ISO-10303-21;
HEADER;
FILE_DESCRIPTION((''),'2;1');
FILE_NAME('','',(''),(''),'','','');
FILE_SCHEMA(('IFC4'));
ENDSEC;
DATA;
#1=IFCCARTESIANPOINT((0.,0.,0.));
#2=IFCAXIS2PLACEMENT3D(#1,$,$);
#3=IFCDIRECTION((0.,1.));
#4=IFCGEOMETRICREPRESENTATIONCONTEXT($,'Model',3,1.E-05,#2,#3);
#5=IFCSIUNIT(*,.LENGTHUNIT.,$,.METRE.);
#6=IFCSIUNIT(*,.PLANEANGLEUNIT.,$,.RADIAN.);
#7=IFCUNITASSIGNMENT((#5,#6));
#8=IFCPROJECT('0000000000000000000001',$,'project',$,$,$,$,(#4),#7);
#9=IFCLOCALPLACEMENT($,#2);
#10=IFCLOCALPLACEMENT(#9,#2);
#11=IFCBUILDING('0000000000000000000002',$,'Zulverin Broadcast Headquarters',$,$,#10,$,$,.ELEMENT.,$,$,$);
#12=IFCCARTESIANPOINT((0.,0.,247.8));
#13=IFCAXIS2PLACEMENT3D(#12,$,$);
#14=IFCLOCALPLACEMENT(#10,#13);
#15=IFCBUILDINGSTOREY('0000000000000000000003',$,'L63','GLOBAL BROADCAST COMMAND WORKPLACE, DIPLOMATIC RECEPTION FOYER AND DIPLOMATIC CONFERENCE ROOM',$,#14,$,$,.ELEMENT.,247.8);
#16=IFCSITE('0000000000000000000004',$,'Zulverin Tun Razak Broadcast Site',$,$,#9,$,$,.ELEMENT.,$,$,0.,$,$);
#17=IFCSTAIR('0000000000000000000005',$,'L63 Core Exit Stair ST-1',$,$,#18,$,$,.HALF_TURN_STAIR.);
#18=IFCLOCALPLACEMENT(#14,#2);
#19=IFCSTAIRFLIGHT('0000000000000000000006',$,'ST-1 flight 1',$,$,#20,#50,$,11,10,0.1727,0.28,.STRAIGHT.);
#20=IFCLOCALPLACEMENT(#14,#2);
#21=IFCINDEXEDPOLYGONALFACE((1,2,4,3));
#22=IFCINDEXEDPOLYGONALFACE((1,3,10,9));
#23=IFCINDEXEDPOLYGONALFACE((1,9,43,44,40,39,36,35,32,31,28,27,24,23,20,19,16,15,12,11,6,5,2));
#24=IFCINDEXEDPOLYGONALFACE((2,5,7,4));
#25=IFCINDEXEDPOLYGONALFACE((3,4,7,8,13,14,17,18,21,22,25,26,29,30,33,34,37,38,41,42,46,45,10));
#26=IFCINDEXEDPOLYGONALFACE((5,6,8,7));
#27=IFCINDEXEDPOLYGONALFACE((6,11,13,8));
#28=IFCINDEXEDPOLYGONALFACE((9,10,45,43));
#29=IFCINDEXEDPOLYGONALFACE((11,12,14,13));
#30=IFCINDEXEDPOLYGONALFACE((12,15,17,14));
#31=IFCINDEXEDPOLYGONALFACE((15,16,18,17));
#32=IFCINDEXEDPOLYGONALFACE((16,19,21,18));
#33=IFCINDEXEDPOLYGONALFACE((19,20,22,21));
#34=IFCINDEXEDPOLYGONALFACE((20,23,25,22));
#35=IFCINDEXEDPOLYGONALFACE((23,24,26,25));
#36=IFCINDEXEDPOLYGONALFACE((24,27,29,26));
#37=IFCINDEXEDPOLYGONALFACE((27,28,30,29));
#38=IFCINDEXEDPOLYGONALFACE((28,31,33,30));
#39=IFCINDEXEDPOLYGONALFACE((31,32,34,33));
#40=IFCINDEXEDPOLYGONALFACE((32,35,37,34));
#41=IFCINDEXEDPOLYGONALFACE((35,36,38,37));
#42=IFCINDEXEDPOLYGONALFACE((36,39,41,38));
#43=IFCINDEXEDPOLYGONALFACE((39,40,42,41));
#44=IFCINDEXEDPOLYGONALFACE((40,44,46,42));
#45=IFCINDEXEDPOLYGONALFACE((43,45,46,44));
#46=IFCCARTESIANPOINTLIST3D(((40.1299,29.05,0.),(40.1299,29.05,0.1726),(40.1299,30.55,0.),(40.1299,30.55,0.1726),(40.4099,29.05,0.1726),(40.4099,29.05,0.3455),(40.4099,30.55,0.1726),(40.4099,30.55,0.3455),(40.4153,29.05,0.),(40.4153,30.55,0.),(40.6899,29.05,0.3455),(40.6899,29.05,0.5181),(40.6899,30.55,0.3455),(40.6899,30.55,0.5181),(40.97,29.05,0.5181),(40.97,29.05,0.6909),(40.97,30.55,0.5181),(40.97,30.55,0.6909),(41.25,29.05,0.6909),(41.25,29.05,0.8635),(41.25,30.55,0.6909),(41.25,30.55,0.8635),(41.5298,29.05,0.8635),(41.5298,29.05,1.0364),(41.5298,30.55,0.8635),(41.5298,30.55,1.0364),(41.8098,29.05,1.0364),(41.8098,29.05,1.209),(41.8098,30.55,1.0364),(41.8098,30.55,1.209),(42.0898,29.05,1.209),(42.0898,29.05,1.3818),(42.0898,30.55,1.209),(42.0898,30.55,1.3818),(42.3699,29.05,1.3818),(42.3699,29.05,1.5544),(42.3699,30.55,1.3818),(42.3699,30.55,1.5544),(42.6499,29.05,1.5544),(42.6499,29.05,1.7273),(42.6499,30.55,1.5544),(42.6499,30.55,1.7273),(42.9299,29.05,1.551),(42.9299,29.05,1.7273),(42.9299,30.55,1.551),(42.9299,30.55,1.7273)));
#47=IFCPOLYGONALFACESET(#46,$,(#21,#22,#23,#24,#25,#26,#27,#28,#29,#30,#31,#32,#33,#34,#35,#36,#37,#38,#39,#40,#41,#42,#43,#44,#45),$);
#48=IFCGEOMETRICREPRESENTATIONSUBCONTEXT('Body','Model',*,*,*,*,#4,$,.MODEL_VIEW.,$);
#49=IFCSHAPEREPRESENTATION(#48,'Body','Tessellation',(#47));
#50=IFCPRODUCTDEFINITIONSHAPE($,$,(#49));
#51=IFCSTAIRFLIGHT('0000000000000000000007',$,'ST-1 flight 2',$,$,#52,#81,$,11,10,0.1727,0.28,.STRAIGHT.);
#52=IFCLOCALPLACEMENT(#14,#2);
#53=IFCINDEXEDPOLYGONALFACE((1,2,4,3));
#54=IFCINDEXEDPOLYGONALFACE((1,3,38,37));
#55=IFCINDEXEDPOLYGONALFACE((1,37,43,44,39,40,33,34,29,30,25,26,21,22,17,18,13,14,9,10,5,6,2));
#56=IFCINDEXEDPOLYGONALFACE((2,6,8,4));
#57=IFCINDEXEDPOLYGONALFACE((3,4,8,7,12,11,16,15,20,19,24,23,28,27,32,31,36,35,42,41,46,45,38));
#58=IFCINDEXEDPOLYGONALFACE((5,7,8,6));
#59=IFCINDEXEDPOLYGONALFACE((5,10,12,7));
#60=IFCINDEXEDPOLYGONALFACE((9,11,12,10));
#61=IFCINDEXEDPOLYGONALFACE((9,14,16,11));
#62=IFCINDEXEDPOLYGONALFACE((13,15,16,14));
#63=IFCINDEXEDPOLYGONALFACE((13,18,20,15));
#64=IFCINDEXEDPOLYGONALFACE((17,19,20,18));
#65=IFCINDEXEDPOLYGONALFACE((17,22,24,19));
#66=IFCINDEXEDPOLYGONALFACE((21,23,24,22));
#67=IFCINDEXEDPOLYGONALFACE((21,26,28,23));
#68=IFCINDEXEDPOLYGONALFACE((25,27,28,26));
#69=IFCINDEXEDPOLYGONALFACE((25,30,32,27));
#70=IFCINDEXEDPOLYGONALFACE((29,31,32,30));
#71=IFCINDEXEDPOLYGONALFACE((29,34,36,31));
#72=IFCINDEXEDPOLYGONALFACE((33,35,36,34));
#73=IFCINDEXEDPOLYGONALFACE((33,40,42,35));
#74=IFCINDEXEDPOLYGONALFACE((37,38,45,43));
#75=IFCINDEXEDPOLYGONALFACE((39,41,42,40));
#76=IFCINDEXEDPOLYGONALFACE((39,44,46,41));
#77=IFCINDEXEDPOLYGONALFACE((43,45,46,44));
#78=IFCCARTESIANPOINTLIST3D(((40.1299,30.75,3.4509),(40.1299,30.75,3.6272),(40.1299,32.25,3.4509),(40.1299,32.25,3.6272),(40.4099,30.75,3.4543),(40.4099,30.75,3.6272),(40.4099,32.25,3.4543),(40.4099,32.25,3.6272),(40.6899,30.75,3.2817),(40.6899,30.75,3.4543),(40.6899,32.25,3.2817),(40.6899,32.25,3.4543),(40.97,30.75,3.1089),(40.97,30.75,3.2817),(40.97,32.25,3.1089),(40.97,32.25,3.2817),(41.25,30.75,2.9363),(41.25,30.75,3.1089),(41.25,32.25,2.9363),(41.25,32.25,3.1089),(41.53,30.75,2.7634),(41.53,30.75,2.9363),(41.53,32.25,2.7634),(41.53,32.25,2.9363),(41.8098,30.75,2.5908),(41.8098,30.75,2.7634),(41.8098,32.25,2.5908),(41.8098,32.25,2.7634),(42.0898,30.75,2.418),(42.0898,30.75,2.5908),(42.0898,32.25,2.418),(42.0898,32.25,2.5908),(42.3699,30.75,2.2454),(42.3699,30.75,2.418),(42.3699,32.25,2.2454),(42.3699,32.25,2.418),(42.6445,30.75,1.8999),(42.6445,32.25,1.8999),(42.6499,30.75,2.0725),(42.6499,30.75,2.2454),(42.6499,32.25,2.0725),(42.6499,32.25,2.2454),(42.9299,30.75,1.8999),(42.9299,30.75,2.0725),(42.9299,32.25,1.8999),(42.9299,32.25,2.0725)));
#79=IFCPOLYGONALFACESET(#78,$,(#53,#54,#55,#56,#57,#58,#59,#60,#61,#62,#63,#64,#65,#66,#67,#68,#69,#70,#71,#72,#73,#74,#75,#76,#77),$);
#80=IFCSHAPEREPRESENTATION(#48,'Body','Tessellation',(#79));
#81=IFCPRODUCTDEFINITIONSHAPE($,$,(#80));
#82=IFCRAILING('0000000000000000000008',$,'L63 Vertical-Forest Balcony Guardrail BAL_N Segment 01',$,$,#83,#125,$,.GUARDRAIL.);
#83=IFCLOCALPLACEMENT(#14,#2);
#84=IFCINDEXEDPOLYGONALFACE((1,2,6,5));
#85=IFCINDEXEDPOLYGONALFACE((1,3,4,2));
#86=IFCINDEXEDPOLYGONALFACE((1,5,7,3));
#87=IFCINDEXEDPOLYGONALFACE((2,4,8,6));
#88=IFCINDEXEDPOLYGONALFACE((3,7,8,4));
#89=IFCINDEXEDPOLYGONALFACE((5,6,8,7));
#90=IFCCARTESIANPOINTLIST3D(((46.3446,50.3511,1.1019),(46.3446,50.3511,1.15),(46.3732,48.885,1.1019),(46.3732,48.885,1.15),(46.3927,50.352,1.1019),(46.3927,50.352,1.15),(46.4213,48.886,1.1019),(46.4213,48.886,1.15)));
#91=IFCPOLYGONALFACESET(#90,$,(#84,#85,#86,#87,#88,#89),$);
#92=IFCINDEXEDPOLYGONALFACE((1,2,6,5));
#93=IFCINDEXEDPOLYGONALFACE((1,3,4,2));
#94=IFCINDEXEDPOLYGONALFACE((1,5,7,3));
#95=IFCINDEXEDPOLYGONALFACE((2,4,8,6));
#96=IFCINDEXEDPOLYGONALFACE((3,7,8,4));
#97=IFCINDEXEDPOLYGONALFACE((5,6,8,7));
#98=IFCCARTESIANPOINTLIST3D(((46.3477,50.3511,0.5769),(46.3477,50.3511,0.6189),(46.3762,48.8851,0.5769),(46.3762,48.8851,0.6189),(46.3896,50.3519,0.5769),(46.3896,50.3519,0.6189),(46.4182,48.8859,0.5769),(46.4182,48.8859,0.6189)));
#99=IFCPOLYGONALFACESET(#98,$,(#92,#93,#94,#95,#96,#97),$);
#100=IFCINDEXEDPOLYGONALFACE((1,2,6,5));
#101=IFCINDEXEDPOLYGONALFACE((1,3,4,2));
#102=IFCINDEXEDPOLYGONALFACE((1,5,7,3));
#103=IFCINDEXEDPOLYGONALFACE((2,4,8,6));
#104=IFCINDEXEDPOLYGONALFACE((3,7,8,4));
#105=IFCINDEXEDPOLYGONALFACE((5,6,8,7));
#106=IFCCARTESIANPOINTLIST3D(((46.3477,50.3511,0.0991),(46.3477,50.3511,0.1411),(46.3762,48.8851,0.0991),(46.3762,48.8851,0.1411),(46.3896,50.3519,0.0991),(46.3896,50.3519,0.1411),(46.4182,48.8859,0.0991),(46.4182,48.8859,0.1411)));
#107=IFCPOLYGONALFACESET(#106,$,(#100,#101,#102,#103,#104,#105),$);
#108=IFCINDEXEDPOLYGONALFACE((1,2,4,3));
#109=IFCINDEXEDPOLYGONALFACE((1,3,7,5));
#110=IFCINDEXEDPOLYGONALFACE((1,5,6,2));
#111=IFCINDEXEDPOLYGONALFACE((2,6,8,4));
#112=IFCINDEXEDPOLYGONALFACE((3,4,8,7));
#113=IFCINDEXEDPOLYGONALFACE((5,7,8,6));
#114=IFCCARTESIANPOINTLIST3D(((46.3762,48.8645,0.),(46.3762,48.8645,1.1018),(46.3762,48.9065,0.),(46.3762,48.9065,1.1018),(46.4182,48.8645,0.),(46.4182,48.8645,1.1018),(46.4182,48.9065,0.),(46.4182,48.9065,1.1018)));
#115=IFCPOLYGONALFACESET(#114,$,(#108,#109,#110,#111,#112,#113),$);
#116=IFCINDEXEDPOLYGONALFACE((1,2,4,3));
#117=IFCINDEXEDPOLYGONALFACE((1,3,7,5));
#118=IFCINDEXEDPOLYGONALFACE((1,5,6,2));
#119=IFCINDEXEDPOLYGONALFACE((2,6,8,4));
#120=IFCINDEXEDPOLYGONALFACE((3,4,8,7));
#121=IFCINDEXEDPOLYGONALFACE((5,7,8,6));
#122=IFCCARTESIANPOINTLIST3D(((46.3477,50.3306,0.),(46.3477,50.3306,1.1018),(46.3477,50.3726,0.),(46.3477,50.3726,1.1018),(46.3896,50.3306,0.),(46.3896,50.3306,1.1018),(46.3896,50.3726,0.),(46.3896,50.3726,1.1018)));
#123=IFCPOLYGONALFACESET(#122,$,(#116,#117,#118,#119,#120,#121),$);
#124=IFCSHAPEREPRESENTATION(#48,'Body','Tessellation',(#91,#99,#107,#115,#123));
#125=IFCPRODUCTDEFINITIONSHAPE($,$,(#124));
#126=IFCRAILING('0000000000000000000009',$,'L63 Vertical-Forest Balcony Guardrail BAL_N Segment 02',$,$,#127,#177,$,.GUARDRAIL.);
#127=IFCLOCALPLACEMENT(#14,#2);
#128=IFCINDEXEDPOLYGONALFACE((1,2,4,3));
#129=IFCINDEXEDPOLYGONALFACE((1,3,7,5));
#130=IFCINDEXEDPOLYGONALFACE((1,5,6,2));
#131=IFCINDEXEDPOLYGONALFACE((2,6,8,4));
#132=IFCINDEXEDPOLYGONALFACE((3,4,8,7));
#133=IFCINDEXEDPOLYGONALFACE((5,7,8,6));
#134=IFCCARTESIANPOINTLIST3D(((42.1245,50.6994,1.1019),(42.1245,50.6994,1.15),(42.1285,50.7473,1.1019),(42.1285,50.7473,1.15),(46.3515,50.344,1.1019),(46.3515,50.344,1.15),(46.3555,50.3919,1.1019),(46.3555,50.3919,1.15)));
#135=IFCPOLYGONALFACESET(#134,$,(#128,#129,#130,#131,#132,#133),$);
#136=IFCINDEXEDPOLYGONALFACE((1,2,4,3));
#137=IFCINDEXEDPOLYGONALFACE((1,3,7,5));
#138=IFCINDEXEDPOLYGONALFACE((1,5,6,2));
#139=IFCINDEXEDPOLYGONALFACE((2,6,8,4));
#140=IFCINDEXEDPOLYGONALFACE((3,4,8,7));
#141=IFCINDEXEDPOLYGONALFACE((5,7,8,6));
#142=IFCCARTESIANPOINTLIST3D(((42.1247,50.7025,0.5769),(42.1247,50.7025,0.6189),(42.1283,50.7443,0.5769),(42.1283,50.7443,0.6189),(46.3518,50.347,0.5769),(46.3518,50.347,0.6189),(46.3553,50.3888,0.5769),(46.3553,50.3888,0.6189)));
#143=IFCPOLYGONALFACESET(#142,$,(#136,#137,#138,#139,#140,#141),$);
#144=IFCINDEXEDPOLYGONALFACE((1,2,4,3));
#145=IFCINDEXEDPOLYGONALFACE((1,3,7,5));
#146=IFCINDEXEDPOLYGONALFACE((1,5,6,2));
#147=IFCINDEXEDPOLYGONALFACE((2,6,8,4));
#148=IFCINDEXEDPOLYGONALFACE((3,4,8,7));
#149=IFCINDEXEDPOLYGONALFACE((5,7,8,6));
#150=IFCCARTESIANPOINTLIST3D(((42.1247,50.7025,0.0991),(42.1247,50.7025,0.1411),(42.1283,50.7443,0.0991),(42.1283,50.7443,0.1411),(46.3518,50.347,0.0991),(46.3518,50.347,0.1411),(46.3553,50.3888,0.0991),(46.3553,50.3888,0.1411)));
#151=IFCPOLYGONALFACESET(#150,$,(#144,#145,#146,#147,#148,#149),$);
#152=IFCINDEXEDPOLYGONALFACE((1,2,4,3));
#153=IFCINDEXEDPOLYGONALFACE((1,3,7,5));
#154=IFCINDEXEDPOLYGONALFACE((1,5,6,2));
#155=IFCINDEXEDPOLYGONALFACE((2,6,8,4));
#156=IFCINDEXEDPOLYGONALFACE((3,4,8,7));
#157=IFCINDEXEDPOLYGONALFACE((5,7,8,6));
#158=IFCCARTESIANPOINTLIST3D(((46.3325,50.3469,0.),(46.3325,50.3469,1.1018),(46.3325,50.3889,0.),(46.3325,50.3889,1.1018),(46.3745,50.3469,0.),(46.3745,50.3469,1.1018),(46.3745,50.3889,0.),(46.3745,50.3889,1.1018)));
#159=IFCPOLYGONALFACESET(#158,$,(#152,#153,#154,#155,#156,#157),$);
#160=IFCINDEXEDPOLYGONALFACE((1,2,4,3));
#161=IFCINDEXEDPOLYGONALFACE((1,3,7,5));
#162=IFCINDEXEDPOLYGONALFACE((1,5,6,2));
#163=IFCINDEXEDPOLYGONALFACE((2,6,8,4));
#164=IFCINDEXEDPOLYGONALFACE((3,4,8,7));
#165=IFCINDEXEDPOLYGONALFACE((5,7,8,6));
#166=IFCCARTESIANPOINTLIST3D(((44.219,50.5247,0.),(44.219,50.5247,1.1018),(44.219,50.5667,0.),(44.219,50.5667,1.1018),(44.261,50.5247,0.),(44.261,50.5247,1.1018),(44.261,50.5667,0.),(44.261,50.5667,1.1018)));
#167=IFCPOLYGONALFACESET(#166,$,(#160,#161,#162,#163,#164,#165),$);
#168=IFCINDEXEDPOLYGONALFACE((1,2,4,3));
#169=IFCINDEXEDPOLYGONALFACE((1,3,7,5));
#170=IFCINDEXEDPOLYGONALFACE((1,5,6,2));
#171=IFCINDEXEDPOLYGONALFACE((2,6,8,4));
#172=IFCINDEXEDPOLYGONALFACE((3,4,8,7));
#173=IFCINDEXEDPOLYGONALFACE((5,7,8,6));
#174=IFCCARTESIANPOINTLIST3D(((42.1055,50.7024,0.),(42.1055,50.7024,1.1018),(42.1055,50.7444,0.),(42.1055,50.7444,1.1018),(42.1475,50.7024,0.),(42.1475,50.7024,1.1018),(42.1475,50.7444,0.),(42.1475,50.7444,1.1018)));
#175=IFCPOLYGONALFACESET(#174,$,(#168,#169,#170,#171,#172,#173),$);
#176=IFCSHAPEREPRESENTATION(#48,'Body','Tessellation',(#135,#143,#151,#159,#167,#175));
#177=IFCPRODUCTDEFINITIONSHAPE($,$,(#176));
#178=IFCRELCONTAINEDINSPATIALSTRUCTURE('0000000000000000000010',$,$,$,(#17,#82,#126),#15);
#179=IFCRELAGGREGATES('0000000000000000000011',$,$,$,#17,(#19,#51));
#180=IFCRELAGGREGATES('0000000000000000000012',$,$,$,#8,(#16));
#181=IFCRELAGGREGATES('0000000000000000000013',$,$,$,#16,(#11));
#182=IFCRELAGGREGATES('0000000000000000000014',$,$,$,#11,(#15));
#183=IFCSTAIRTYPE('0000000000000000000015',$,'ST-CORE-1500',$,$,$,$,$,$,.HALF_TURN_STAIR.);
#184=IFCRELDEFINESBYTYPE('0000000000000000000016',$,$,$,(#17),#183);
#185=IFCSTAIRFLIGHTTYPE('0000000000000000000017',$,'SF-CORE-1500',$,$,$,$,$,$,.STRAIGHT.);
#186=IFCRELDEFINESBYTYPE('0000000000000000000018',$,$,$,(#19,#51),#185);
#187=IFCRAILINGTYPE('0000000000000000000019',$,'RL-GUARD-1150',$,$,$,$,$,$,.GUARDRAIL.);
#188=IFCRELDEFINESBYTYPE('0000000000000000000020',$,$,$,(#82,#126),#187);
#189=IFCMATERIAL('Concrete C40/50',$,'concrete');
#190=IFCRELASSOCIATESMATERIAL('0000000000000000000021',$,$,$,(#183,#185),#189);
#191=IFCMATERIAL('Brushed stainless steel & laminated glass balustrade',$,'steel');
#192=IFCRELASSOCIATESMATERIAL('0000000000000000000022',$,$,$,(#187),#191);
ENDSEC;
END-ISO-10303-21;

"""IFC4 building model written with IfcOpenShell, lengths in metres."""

from ifc_helpers import new_model, si_unit, direction, frame, origin, origin_2d, place, context, subcontext, project, spatial, polyline, rectangle, outline, extrude, material, type_object, element, aggregate, save


model = new_model("IFC4")

# Units and contexts
model_context = context("Model", 3, precision=1e-05, world=origin(), true_north=direction((0.0, 1.0)))
body_context = subcontext(model_context, "Body", "Model", "MODEL_VIEW")
ifc_project = project(units=[si_unit("LENGTHUNIT", "METRE"), si_unit("PLANEANGLEUNIT", "RADIAN")], contexts=[model_context])

# Site, building, storey
site_placement = place(None, origin())
site = spatial("IfcSite", under=ifc_project, at=site_placement, Name="Zulverin Tun Razak Broadcast Site", CompositionType="ELEMENT", RefElevation=0.0)
building_placement = place(site_placement, origin())
building = spatial("IfcBuilding", under=site, at=building_placement, Name="Zulverin Broadcast Headquarters", CompositionType="ELEMENT")
storey_placement = place(building_placement, frame((0.0, 0.0, 247.8)))
storey = spatial("IfcBuildingStorey", under=building, at=storey_placement, Name="L63", Description="GLOBAL BROADCAST COMMAND WORKPLACE, DIPLOMATIC RECEPTION FOYER AND DIPLOMATIC CONFERENCE ROOM", CompositionType="ELEMENT", Elevation=247.8)

# Shared definitions
ifc_material_1 = material(Name="Concrete C40/50", Category="concrete")

# Stair, stair flights
stair_type = type_object("IfcStairType", Name="ST-CORE-1500", PredefinedType="HALF_TURN_STAIR", material=ifc_material_1)
stair_placement = place(storey_placement, origin())
stair = element("IfcStair", 1, at=stair_placement, inside=storey, type_object=stair_type, Name="L63 Core Exit Stair ST-1", PredefinedType="HALF_TURN_STAIR")
stair_flight_type = type_object("IfcStairFlightType", Name="SF-CORE-1500", PredefinedType="STRAIGHT", material=ifc_material_1)
stair_flight_1_placement = place(storey_placement, frame((40.1299, 29.8, 0.0), z_axis=(0.0, 0.0, 1.0), x_axis=(1.0, 0.0, 0.0)))
stair_flight_1 = element("IfcStairFlight", 2, at=stair_flight_1_placement, type_object=stair_flight_type, Name="ST-1 flight 1", NumberOfRisers=11, NumberOfTreads=10, PredefinedType="STRAIGHT", RiserHeight=0.1727, TreadLength=0.28, context=body_context, shape_type="SweptSolid", body=[
    extrude(outline(polyline([(0.0, 0.0), (0.0, 0.1726), (0.28, 0.1726), (0.28, 0.3455), (0.5601, 0.3455), (0.5601, 0.5181), (0.8401, 0.5181), (0.8401, 0.6909), (1.1201, 0.6909), (1.1201, 0.8635), (1.3999, 0.8635), (1.3999, 1.0364), (1.6799, 1.0364), (1.6799, 1.209), (1.96, 1.209), (1.96, 1.3818), (2.24, 1.3818), (2.24, 1.5544), (2.52, 1.5544), (2.52, 1.7273), (2.8, 1.7273), (2.8, 1.8999), (2.8, 1.551), (0.2854, 0.0), (0.0, 0.0)])), frame((0.0, 0.75, 0.0), z_axis=(0.0, -1.0, 0.0), x_axis=(1.0, 0.0, 0.0)), (0.0, 0.0, 1.0), 1.5),
])
stair_flight_2_placement = place(storey_placement, frame((42.9299, 31.5, 1.8999), z_axis=(0.0, 0.0, 1.0), x_axis=(-1.0, 0.0, 0.0)))
stair_flight_2 = element("IfcStairFlight", 3, at=stair_flight_2_placement, type_object=stair_flight_type, Name="ST-1 flight 2", NumberOfRisers=11, NumberOfTreads=10, PredefinedType="STRAIGHT", RiserHeight=0.1727, TreadLength=0.28, context=body_context, shape_type="SweptSolid", body=[
    extrude(outline(polyline([(0.0, 0.0), (0.0, 0.1726), (0.28, 0.1726), (0.28, 0.3455), (0.5601, 0.3455), (0.5601, 0.5181), (0.8401, 0.5181), (0.8401, 0.6909), (1.1201, 0.6909), (1.1201, 0.8635), (1.3999, 0.8635), (1.3999, 1.0364), (1.6799, 1.0364), (1.6799, 1.209), (1.96, 1.209), (1.96, 1.3818), (2.24, 1.3818), (2.24, 1.5544), (2.52, 1.5544), (2.52, 1.7273), (2.8, 1.7273), (2.8, 1.8999), (2.8, 1.551), (0.2854, 0.0), (0.0, 0.0)])), frame((0.0, 0.75, 0.0), z_axis=(0.0, -1.0, 0.0), x_axis=(1.0, 0.0, 0.0)), (0.0, 0.0, 1.0), 1.5),
])
aggregate(stair, [stair_flight_1, stair_flight_2])

# Railings
ifc_material_2 = material(Name="Brushed stainless steel & laminated glass balustrade", Category="steel")
railing_type_1 = type_object("IfcRailingType", Name="RL-GUARD-1150", PredefinedType="GUARDRAIL", material=ifc_material_2)
railing_1_placement = place(storey_placement, frame((46.3972, 48.8855, 0.0)))
element("IfcRailing", 4, at=railing_1_placement, inside=storey, type_object=railing_type_1, Name="L63 Vertical-Forest Balcony Guardrail BAL_N Segment 01", PredefinedType="GUARDRAIL", context=body_context, shape_type="SweptSolid", body=[
    extrude(rectangle(XDim=0.0481, YDim=0.0481, at=origin_2d()), frame((0.0, 0.0, 1.126), z_axis=(-0.01948, 0.99981, 0.0), x_axis=(-0.99981, -0.01948, 0.0)), (0.0, 0.0, 1.0), 1.4663),
    extrude(rectangle(XDim=0.042, YDim=0.042, at=origin_2d()), frame((0.0, 0.0, 0.5979), z_axis=(-0.01948, 0.99981, 0.0), x_axis=(-0.99981, -0.01948, 0.0)), (0.0, 0.0, 1.0), 1.4663),
    extrude(rectangle(XDim=0.042, YDim=0.042, at=origin_2d()), frame((0.0, 0.0, 0.1201), z_axis=(-0.01948, 0.99981, 0.0), x_axis=(-0.99981, -0.01948, 0.0)), (0.0, 0.0, 1.0), 1.4663),
    extrude(rectangle(XDim=0.042, YDim=0.042, at=origin_2d()), origin(), (0.0, 0.0, 1.0), 1.1018),
    extrude(rectangle(XDim=0.042, YDim=0.042, at=origin_2d()), frame((-0.0286, 1.4661, 0.0)), (0.0, 0.0, 1.0), 1.1018),
])
railing_2_placement = place(storey_placement, frame((46.3535, 50.3679, 0.0)))
element("IfcRailing", 5, at=railing_2_placement, inside=storey, type_object=railing_type_1, Name="L63 Vertical-Forest Balcony Guardrail BAL_N Segment 02", PredefinedType="GUARDRAIL", context=body_context, shape_type="SweptSolid", body=[
    extrude(rectangle(XDim=0.0481, YDim=0.0481, at=origin_2d()), frame((0.0, 0.0, 1.126), z_axis=(-0.996483, 0.083798, 0.0), x_axis=(-0.083798, -0.996483, 0.0)), (0.0, 0.0, 1.0), 4.2419),
    extrude(rectangle(XDim=0.042, YDim=0.042, at=origin_2d()), frame((0.0, 0.0, 0.5979), z_axis=(-0.996483, 0.083798, 0.0), x_axis=(-0.083798, -0.996483, 0.0)), (0.0, 0.0, 1.0), 4.2419),
    extrude(rectangle(XDim=0.042, YDim=0.042, at=origin_2d()), frame((0.0, 0.0, 0.1201), z_axis=(-0.996483, 0.083798, 0.0), x_axis=(-0.083798, -0.996483, 0.0)), (0.0, 0.0, 1.0), 4.2419),
    extrude(rectangle(XDim=0.042, YDim=0.042, at=origin_2d()), origin(), (0.0, 0.0, 1.0), 1.1018),
    extrude(rectangle(XDim=0.042, YDim=0.042, at=origin_2d()), frame((-2.1135, 0.1777, 0.0)), (0.0, 0.0, 1.0), 1.1018),
    extrude(rectangle(XDim=0.042, YDim=0.042, at=origin_2d()), frame((-4.2271, 0.3555, 0.0)), (0.0, 0.0, 1.0), 1.1018),
])

save(model, "model.ifc")
